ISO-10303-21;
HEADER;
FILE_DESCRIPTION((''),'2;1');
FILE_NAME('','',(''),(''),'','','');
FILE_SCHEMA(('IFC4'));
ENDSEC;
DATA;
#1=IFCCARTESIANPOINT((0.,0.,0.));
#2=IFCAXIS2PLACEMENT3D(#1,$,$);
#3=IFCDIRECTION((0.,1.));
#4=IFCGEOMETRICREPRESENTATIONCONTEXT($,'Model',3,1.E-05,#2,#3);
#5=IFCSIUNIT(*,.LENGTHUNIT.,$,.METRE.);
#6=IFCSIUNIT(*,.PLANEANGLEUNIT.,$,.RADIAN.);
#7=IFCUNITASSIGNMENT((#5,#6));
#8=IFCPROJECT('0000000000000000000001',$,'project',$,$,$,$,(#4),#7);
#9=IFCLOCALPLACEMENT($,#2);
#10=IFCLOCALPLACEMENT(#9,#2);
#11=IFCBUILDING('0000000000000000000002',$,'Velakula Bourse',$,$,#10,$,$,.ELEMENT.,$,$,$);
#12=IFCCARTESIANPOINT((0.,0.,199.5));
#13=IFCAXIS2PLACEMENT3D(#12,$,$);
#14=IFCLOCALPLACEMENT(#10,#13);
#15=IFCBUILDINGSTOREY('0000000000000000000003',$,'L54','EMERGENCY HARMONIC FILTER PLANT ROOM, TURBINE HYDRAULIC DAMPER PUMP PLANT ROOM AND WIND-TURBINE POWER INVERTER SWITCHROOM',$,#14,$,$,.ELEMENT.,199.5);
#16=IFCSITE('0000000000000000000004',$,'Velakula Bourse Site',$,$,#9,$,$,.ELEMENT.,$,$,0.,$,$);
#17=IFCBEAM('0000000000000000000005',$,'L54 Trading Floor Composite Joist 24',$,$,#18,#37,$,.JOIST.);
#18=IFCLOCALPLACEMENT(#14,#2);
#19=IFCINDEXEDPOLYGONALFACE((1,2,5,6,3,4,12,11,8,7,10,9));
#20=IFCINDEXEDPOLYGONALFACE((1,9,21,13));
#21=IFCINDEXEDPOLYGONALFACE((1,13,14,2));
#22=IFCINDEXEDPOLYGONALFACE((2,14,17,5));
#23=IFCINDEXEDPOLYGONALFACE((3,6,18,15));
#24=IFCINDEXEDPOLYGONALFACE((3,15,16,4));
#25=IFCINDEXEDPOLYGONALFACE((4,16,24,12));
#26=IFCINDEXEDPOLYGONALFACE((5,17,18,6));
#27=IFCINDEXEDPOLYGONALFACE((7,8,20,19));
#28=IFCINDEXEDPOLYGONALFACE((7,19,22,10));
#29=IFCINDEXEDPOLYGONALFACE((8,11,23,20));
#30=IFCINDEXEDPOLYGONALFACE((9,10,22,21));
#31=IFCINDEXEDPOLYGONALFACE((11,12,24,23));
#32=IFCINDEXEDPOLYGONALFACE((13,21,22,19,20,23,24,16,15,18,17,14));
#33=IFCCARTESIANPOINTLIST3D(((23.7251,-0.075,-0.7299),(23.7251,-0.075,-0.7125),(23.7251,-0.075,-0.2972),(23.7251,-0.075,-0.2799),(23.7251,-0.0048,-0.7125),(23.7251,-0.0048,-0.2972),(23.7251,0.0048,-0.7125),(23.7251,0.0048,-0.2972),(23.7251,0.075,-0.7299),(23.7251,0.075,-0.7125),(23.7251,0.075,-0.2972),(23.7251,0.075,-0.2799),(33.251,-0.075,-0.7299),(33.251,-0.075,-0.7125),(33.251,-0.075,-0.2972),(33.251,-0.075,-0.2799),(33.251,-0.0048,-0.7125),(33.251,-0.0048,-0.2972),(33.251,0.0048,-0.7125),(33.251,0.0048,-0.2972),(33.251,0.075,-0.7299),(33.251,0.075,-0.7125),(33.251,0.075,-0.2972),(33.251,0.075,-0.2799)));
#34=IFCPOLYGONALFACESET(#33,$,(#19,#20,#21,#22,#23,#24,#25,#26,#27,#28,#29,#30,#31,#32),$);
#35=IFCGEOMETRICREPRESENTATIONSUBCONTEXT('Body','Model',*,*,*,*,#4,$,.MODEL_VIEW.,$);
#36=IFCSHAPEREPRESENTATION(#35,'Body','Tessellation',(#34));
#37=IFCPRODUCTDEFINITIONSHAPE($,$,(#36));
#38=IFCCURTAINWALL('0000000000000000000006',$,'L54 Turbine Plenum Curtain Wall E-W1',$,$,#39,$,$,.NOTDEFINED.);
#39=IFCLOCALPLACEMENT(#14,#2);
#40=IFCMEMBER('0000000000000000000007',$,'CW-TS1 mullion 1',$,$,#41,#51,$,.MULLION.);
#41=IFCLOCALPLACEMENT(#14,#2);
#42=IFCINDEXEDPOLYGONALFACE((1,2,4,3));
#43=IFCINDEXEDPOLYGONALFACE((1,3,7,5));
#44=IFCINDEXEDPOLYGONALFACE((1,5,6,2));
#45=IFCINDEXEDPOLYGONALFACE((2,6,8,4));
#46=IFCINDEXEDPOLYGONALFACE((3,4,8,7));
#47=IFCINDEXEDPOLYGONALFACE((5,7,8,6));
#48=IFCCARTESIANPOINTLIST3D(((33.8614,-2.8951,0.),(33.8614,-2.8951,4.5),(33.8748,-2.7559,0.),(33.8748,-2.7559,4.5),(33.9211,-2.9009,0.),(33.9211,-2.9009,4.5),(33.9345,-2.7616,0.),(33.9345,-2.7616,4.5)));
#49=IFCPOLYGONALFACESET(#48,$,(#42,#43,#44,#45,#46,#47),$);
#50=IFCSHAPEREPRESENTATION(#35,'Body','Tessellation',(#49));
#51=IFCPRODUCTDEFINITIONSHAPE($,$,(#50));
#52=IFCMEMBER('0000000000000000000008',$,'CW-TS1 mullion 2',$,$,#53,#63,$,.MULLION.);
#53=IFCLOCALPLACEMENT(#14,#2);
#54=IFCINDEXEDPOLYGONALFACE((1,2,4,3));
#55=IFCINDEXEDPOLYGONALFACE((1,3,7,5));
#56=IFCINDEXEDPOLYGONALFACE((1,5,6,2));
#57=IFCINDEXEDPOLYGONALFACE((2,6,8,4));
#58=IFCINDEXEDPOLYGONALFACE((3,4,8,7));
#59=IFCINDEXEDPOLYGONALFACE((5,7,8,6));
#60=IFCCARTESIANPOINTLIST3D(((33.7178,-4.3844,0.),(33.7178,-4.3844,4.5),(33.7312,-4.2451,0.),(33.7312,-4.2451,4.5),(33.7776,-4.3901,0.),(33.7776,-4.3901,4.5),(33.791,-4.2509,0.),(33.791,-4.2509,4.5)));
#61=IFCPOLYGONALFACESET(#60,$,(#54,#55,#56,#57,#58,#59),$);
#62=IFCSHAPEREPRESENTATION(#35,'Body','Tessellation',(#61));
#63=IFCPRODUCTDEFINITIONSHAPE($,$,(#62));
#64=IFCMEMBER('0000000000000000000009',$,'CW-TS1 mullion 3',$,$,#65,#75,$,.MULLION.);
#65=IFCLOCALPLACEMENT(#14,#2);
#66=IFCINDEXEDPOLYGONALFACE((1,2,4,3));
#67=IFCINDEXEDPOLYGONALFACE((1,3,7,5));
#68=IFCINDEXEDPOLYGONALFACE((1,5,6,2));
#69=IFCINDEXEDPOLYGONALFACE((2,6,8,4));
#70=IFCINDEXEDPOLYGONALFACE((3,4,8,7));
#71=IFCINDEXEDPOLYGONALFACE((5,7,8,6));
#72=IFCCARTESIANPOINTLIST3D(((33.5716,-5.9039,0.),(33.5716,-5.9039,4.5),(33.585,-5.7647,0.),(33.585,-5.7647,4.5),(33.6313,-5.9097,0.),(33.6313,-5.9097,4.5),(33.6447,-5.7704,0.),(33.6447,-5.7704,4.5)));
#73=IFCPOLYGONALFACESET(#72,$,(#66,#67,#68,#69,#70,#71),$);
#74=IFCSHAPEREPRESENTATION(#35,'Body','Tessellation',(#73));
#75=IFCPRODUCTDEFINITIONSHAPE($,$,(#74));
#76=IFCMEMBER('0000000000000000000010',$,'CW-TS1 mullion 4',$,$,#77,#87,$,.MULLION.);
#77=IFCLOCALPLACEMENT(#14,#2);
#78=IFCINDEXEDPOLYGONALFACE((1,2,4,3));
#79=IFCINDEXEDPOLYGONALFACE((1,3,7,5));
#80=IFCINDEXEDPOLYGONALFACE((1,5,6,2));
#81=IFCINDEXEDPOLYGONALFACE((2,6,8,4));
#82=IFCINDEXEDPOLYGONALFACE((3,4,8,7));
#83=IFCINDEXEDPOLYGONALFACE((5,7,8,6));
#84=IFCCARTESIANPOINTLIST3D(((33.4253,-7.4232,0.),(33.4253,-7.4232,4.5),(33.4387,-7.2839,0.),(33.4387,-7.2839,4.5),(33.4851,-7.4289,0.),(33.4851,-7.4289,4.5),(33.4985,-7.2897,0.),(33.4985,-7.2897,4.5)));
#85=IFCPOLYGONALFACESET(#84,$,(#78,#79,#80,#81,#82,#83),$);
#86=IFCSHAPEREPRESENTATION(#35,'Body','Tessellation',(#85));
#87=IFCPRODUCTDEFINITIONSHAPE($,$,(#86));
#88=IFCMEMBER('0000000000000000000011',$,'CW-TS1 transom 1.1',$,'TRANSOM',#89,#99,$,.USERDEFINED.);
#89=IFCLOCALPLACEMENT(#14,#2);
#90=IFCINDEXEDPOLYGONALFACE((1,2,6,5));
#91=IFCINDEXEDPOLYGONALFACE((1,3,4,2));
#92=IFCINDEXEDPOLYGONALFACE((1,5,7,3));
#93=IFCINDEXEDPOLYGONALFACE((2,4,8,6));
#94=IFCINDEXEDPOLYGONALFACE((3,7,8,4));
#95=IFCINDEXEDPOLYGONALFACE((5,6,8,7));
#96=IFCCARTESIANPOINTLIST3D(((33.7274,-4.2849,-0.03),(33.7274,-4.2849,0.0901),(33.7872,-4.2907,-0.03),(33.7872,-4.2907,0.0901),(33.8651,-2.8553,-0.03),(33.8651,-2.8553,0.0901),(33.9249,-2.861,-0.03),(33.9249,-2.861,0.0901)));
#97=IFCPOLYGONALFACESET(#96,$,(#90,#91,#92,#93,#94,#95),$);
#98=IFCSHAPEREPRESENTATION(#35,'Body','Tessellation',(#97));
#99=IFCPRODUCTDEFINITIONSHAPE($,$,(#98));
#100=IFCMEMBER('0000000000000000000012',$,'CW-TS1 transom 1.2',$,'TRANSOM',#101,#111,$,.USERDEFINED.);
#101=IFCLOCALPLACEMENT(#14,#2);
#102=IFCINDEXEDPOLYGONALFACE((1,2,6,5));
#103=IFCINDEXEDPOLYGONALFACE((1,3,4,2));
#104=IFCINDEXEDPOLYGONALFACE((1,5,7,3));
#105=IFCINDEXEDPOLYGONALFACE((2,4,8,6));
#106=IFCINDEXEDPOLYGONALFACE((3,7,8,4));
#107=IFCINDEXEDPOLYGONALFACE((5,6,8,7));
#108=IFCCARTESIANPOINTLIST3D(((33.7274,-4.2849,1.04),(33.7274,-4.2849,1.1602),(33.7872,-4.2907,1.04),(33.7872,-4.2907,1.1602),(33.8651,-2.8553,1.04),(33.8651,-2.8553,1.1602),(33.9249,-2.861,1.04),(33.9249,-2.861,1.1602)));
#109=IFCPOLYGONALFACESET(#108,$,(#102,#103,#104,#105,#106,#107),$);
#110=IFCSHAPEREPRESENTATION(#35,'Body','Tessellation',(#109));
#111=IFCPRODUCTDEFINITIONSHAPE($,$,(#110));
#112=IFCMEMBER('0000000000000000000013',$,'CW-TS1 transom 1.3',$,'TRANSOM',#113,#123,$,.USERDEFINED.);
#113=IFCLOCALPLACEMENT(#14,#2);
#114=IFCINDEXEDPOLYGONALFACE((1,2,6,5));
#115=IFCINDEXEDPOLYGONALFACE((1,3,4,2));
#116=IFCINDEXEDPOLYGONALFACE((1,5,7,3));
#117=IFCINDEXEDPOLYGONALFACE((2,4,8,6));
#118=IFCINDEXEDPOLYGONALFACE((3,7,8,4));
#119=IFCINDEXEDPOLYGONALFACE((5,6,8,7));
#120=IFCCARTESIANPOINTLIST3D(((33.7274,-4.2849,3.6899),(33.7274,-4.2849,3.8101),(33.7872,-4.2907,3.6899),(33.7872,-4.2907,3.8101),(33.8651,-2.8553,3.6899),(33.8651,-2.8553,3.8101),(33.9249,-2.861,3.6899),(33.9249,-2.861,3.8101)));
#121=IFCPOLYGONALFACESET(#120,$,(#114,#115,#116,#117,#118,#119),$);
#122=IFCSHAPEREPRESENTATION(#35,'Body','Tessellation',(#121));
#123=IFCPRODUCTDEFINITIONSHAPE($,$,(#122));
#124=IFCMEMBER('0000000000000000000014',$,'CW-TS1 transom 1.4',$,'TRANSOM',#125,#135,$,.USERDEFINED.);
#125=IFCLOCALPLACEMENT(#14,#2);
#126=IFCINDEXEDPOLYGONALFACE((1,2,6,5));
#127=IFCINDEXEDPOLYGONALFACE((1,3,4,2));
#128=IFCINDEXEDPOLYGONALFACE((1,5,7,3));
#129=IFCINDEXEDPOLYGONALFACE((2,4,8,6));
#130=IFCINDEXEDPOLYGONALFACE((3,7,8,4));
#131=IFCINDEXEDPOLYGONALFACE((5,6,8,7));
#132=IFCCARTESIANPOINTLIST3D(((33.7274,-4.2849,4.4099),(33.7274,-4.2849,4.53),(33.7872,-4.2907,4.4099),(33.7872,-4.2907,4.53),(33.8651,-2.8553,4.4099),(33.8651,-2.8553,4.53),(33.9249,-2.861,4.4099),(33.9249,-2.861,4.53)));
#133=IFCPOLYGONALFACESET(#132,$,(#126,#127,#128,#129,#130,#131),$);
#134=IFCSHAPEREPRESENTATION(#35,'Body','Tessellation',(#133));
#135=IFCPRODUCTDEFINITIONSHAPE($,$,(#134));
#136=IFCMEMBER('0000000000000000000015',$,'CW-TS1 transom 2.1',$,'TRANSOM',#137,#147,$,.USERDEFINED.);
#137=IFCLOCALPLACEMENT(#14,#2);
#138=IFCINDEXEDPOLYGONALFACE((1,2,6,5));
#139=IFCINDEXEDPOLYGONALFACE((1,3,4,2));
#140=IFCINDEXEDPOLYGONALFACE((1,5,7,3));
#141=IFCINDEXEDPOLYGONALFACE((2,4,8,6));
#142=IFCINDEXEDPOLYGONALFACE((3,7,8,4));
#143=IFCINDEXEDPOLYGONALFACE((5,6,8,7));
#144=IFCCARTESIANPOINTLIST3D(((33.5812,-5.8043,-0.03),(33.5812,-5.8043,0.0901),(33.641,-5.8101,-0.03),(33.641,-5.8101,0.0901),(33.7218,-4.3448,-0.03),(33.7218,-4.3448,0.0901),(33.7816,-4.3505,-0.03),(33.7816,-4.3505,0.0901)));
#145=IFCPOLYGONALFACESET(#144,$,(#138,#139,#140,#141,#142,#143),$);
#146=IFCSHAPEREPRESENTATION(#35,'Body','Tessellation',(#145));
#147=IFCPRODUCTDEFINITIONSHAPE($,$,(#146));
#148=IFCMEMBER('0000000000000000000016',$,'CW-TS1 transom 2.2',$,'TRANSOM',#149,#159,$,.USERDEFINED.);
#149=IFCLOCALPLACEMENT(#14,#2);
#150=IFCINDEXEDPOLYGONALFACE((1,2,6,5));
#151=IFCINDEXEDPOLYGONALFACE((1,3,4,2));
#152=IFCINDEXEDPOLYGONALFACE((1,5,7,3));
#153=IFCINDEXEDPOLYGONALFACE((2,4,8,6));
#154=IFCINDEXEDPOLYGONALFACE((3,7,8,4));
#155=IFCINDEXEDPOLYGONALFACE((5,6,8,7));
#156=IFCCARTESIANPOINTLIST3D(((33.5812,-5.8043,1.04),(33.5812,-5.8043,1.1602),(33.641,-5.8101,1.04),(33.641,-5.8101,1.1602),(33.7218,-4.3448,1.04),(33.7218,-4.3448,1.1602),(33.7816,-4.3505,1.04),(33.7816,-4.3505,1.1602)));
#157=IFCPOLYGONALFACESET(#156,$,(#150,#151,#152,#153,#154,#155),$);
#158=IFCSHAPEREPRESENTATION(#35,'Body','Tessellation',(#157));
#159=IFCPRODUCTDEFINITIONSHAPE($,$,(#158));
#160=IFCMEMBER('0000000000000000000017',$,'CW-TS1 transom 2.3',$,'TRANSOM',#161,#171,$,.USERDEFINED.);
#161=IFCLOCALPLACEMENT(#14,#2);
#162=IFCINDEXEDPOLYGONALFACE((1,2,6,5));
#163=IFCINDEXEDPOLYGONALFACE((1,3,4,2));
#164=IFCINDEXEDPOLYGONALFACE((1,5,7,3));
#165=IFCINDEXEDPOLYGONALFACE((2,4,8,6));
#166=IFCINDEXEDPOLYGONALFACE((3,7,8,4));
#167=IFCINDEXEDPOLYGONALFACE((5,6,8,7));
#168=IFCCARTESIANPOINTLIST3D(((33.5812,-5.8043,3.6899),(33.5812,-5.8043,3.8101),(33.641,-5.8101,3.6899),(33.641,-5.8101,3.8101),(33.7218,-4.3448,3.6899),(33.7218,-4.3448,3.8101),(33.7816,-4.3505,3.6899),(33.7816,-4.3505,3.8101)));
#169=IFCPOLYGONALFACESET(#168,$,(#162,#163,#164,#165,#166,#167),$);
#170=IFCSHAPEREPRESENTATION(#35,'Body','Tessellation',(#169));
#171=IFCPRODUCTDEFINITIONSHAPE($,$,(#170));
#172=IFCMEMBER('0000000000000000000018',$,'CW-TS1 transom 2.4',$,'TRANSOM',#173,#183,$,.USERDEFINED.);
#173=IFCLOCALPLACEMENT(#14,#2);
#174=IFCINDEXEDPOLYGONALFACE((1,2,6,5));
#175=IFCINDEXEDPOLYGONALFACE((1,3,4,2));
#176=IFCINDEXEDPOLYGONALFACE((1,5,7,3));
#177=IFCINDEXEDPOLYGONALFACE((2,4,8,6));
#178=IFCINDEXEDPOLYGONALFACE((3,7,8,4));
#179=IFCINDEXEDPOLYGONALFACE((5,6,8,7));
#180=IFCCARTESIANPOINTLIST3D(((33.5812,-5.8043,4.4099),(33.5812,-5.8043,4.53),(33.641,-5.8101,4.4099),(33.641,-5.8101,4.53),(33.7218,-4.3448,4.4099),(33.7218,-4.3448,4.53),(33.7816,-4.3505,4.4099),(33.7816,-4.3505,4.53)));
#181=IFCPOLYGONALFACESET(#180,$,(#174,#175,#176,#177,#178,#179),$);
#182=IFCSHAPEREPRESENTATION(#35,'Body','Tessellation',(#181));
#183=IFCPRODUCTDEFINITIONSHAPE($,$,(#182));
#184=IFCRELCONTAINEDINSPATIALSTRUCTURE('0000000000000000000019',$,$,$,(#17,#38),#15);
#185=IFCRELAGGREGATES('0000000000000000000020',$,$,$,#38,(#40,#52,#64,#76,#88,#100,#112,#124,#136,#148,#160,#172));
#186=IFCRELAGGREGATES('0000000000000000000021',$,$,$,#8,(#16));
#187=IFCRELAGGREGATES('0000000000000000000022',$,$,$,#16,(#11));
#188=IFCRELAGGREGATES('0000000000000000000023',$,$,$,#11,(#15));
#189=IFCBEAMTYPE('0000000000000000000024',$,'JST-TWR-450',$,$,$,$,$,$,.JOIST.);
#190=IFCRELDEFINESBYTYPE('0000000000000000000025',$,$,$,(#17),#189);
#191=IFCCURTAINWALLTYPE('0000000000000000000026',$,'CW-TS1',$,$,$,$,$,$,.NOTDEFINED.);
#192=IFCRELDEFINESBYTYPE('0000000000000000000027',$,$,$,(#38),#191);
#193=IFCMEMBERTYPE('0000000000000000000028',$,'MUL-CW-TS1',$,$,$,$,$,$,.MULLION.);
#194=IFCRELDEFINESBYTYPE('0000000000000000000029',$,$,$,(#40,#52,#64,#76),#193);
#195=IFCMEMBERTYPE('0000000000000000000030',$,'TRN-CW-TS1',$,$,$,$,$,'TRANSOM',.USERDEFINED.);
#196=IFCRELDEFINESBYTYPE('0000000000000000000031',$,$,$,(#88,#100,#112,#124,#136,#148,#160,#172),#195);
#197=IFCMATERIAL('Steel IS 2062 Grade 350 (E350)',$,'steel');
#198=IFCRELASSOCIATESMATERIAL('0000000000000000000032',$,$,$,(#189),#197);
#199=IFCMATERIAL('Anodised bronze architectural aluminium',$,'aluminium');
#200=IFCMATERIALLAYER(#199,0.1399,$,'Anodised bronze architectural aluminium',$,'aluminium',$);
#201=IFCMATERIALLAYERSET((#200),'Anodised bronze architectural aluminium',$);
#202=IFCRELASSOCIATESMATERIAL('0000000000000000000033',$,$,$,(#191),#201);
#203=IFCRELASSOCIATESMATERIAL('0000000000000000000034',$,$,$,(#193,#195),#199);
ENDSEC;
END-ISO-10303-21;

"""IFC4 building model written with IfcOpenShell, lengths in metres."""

from ifc_helpers import new_model, si_unit, direction, frame, origin, origin_2d, place, context, subcontext, project, spatial, rectangle, i_section, extrude, material, layer, layer_set, material_profile, profile_set, type_object, element, aggregate, save


model = new_model("IFC4")

# Units and contexts
model_context = context("Model", 3, precision=1e-05, world=origin(), true_north=direction((0.0, 1.0)))
body_context = subcontext(model_context, "Body", "Model", "MODEL_VIEW")
ifc_project = project(units=[si_unit("LENGTHUNIT", "METRE"), si_unit("PLANEANGLEUNIT", "RADIAN")], contexts=[model_context])

# Site, building, storey
site_placement = place(None, origin())
site = spatial("IfcSite", under=ifc_project, at=site_placement, Name="Velakula Bourse Site", CompositionType="ELEMENT", RefElevation=0.0)
building_placement = place(site_placement, origin())
building = spatial("IfcBuilding", under=site, at=building_placement, Name="Velakula Bourse", CompositionType="ELEMENT")
storey_placement = place(building_placement, frame((0.0, 0.0, 199.5)))
storey = spatial("IfcBuildingStorey", under=building, at=storey_placement, Name="L54", Description="EMERGENCY HARMONIC FILTER PLANT ROOM, TURBINE HYDRAULIC DAMPER PUMP PLANT ROOM AND WIND-TURBINE POWER INVERTER SWITCHROOM", CompositionType="ELEMENT", Elevation=199.5)

# Shared definitions
ifc_material_1 = material(Name="Steel IS 2062 Grade 350 (E350)", Category="steel")

# Beam
ifc_material_profile_1 = material_profile(ifc_material_1, i_section(OverallWidth=0.1499, OverallDepth=0.45, WebThickness=0.0095, FlangeThickness=0.0173, at=origin_2d()), Name="Steel IS 2062 Grade 350 (E350)")
ifc_profile_set_1 = profile_set([ifc_material_profile_1], Name="Steel IS 2062 Grade 350 (E350)")
beam_type_1 = type_object("IfcBeamType", Name="JST-TWR-450", PredefinedType="JOIST", material=ifc_profile_set_1)
beam_1_placement = place(storey_placement, frame((23.7251, 0.0, -0.5049), z_axis=(1.0, 0.0, 0.0), x_axis=(0.0, 1.0, 0.0)))
element("IfcBeam", 1, at=beam_1_placement, inside=storey, type_object=beam_type_1, Name="L54 Trading Floor Composite Joist 24", PredefinedType="JOIST", context=body_context, shape_type="SweptSolid", body=[
    extrude(i_section(OverallWidth=0.1499, OverallDepth=0.45, WebThickness=0.0095, FlangeThickness=0.0173, at=origin_2d()), origin(), (0.0, 0.0, 1.0), 9.5259),
])

# Curtain wall, members
ifc_material_2 = material(Name="Anodised bronze architectural aluminium", Category="aluminium")
ifc_layer_1 = layer(ifc_material_2, 0.1399, Name="Anodised bronze architectural aluminium", Category="aluminium")
ifc_layer_set_1 = layer_set([ifc_layer_1], Name="Anodised bronze architectural aluminium")
curtain_wall_type = type_object("IfcCurtainWallType", Name="CW-TS1", PredefinedType="NOTDEFINED", material=ifc_layer_set_1)
curtain_wall_placement = place(storey_placement, origin())
curtain_wall = element("IfcCurtainWall", 2, at=curtain_wall_placement, inside=storey, type_object=curtain_wall_type, Name="L54 Turbine Plenum Curtain Wall E-W1", PredefinedType="NOTDEFINED")
ifc_material_profile_2 = material_profile(ifc_material_2, rectangle(XDim=0.0601, YDim=0.1399, at=origin_2d()), Name="Anodised bronze architectural aluminium")
ifc_profile_set_2 = profile_set([ifc_material_profile_2], Name="Anodised bronze architectural aluminium")
member_type_1 = type_object("IfcMemberType", Name="MUL-CW-TS1", PredefinedType="MULLION", material=ifc_profile_set_2)
member_1_placement = place(storey_placement, frame((33.8979, -2.8284, 0.0), z_axis=(0.0, 0.0, 1.0), x_axis=(0.995396, -0.095849, 0.0)))
member_1 = element("IfcMember", 3, at=member_1_placement, type_object=member_type_1, Name="CW-TS1 mullion 1", PredefinedType="MULLION", context=body_context, shape_type="SweptSolid", body=[
    extrude(rectangle(XDim=0.0601, YDim=0.1399, at=origin_2d()), origin(), (0.0, 0.0, 1.0), 4.5),
])
member_2_placement = place(storey_placement, frame((33.7544, -4.3176, 0.0), z_axis=(0.0, 0.0, 1.0), x_axis=(0.995396, -0.095849, 0.0)))
member_2 = element("IfcMember", 4, at=member_2_placement, type_object=member_type_1, Name="CW-TS1 mullion 2", PredefinedType="MULLION", context=body_context, shape_type="SweptSolid", body=[
    extrude(rectangle(XDim=0.0601, YDim=0.1399, at=origin_2d()), origin(), (0.0, 0.0, 1.0), 4.5),
])
member_3_placement = place(storey_placement, frame((33.6082, -5.8372, 0.0), z_axis=(0.0, 0.0, 1.0), x_axis=(0.995396, -0.095849, 0.0)))
member_3 = element("IfcMember", 5, at=member_3_placement, type_object=member_type_1, Name="CW-TS1 mullion 3", PredefinedType="MULLION", context=body_context, shape_type="SweptSolid", body=[
    extrude(rectangle(XDim=0.0601, YDim=0.1399, at=origin_2d()), origin(), (0.0, 0.0, 1.0), 4.5),
])
member_4_placement = place(storey_placement, frame((33.4619, -7.3564, 0.0), z_axis=(0.0, 0.0, 1.0), x_axis=(0.995396, -0.095849, 0.0)))
member_4 = element("IfcMember", 6, at=member_4_placement, type_object=member_type_1, Name="CW-TS1 mullion 4", PredefinedType="MULLION", context=body_context, shape_type="SweptSolid", body=[
    extrude(rectangle(XDim=0.0601, YDim=0.1399, at=origin_2d()), origin(), (0.0, 0.0, 1.0), 4.5),
])
ifc_material_profile_3 = material_profile(ifc_material_2, rectangle(XDim=0.0601, YDim=0.1201, at=origin_2d()), Name="Anodised bronze architectural aluminium")
ifc_profile_set_3 = profile_set([ifc_material_profile_3], Name="Anodised bronze architectural aluminium")
member_type_2 = type_object("IfcMemberType", Name="TRN-CW-TS1", ElementType="TRANSOM", PredefinedType="USERDEFINED", material=ifc_profile_set_3)
member_5_placement = place(storey_placement, frame((33.895, -2.8582, 0.03), z_axis=(-0.095868, -0.995394, 0.0), x_axis=(0.995394, -0.095868, 0.0)))
member_5 = element("IfcMember", 7, at=member_5_placement, type_object=member_type_2, Name="CW-TS1 transom 1.1", ObjectType="TRANSOM", PredefinedType="USERDEFINED", context=body_context, shape_type="SweptSolid", body=[
    extrude(rectangle(XDim=0.0601, YDim=0.1201, at=origin_2d()), origin(), (0.0, 0.0, 1.0), 1.4363),
])
member_6_placement = place(storey_placement, frame((33.895, -2.8582, 1.1001), z_axis=(-0.095868, -0.995394, 0.0), x_axis=(0.995394, -0.095868, 0.0)))
member_6 = element("IfcMember", 8, at=member_6_placement, type_object=member_type_2, Name="CW-TS1 transom 1.2", ObjectType="TRANSOM", PredefinedType="USERDEFINED", context=body_context, shape_type="SweptSolid", body=[
    extrude(rectangle(XDim=0.0601, YDim=0.1201, at=origin_2d()), origin(), (0.0, 0.0, 1.0), 1.4363),
])
member_7_placement = place(storey_placement, frame((33.895, -2.8582, 3.75), z_axis=(-0.095868, -0.995394, 0.0), x_axis=(0.995394, -0.095868, 0.0)))
member_7 = element("IfcMember", 9, at=member_7_placement, type_object=member_type_2, Name="CW-TS1 transom 1.3", ObjectType="TRANSOM", PredefinedType="USERDEFINED", context=body_context, shape_type="SweptSolid", body=[
    extrude(rectangle(XDim=0.0601, YDim=0.1201, at=origin_2d()), origin(), (0.0, 0.0, 1.0), 1.4363),
])
member_8_placement = place(storey_placement, frame((33.895, -2.8582, 4.47), z_axis=(-0.095868, -0.995394, 0.0), x_axis=(0.995394, -0.095868, 0.0)))
member_8 = element("IfcMember", 10, at=member_8_placement, type_object=member_type_2, Name="CW-TS1 transom 1.4", ObjectType="TRANSOM", PredefinedType="USERDEFINED", context=body_context, shape_type="SweptSolid", body=[
    extrude(rectangle(XDim=0.0601, YDim=0.1201, at=origin_2d()), origin(), (0.0, 0.0, 1.0), 1.4363),
])
member_9_placement = place(storey_placement, frame((33.7517, -4.3477, 0.03), z_axis=(-0.095909, -0.99539, 0.0), x_axis=(0.99539, -0.095909, 0.0)))
member_9 = element("IfcMember", 11, at=member_9_placement, type_object=member_type_2, Name="CW-TS1 transom 2.1", ObjectType="TRANSOM", PredefinedType="USERDEFINED", context=body_context, shape_type="SweptSolid", body=[
    extrude(rectangle(XDim=0.0601, YDim=0.1201, at=origin_2d()), origin(), (0.0, 0.0, 1.0), 1.4663),
])
member_10_placement = place(storey_placement, frame((33.7517, -4.3477, 1.1001), z_axis=(-0.095909, -0.99539, 0.0), x_axis=(0.99539, -0.095909, 0.0)))
member_10 = element("IfcMember", 12, at=member_10_placement, type_object=member_type_2, Name="CW-TS1 transom 2.2", ObjectType="TRANSOM", PredefinedType="USERDEFINED", context=body_context, shape_type="SweptSolid", body=[
    extrude(rectangle(XDim=0.0601, YDim=0.1201, at=origin_2d()), origin(), (0.0, 0.0, 1.0), 1.4663),
])
member_11_placement = place(storey_placement, frame((33.7517, -4.3477, 3.75), z_axis=(-0.095909, -0.99539, 0.0), x_axis=(0.99539, -0.095909, 0.0)))
member_11 = element("IfcMember", 13, at=member_11_placement, type_object=member_type_2, Name="CW-TS1 transom 2.3", ObjectType="TRANSOM", PredefinedType="USERDEFINED", context=body_context, shape_type="SweptSolid", body=[
    extrude(rectangle(XDim=0.0601, YDim=0.1201, at=origin_2d()), origin(), (0.0, 0.0, 1.0), 1.4663),
])
member_12_placement = place(storey_placement, frame((33.7517, -4.3477, 4.47), z_axis=(-0.095909, -0.99539, 0.0), x_axis=(0.99539, -0.095909, 0.0)))
member_12 = element("IfcMember", 14, at=member_12_placement, type_object=member_type_2, Name="CW-TS1 transom 2.4", ObjectType="TRANSOM", PredefinedType="USERDEFINED", context=body_context, shape_type="SweptSolid", body=[
    extrude(rectangle(XDim=0.0601, YDim=0.1201, at=origin_2d()), origin(), (0.0, 0.0, 1.0), 1.4663),
])
aggregate(curtain_wall, [member_1, member_2, member_3, member_4, member_5, member_6, member_7, member_8, member_9, member_10, member_11, member_12])

save(model, "model.ifc")
